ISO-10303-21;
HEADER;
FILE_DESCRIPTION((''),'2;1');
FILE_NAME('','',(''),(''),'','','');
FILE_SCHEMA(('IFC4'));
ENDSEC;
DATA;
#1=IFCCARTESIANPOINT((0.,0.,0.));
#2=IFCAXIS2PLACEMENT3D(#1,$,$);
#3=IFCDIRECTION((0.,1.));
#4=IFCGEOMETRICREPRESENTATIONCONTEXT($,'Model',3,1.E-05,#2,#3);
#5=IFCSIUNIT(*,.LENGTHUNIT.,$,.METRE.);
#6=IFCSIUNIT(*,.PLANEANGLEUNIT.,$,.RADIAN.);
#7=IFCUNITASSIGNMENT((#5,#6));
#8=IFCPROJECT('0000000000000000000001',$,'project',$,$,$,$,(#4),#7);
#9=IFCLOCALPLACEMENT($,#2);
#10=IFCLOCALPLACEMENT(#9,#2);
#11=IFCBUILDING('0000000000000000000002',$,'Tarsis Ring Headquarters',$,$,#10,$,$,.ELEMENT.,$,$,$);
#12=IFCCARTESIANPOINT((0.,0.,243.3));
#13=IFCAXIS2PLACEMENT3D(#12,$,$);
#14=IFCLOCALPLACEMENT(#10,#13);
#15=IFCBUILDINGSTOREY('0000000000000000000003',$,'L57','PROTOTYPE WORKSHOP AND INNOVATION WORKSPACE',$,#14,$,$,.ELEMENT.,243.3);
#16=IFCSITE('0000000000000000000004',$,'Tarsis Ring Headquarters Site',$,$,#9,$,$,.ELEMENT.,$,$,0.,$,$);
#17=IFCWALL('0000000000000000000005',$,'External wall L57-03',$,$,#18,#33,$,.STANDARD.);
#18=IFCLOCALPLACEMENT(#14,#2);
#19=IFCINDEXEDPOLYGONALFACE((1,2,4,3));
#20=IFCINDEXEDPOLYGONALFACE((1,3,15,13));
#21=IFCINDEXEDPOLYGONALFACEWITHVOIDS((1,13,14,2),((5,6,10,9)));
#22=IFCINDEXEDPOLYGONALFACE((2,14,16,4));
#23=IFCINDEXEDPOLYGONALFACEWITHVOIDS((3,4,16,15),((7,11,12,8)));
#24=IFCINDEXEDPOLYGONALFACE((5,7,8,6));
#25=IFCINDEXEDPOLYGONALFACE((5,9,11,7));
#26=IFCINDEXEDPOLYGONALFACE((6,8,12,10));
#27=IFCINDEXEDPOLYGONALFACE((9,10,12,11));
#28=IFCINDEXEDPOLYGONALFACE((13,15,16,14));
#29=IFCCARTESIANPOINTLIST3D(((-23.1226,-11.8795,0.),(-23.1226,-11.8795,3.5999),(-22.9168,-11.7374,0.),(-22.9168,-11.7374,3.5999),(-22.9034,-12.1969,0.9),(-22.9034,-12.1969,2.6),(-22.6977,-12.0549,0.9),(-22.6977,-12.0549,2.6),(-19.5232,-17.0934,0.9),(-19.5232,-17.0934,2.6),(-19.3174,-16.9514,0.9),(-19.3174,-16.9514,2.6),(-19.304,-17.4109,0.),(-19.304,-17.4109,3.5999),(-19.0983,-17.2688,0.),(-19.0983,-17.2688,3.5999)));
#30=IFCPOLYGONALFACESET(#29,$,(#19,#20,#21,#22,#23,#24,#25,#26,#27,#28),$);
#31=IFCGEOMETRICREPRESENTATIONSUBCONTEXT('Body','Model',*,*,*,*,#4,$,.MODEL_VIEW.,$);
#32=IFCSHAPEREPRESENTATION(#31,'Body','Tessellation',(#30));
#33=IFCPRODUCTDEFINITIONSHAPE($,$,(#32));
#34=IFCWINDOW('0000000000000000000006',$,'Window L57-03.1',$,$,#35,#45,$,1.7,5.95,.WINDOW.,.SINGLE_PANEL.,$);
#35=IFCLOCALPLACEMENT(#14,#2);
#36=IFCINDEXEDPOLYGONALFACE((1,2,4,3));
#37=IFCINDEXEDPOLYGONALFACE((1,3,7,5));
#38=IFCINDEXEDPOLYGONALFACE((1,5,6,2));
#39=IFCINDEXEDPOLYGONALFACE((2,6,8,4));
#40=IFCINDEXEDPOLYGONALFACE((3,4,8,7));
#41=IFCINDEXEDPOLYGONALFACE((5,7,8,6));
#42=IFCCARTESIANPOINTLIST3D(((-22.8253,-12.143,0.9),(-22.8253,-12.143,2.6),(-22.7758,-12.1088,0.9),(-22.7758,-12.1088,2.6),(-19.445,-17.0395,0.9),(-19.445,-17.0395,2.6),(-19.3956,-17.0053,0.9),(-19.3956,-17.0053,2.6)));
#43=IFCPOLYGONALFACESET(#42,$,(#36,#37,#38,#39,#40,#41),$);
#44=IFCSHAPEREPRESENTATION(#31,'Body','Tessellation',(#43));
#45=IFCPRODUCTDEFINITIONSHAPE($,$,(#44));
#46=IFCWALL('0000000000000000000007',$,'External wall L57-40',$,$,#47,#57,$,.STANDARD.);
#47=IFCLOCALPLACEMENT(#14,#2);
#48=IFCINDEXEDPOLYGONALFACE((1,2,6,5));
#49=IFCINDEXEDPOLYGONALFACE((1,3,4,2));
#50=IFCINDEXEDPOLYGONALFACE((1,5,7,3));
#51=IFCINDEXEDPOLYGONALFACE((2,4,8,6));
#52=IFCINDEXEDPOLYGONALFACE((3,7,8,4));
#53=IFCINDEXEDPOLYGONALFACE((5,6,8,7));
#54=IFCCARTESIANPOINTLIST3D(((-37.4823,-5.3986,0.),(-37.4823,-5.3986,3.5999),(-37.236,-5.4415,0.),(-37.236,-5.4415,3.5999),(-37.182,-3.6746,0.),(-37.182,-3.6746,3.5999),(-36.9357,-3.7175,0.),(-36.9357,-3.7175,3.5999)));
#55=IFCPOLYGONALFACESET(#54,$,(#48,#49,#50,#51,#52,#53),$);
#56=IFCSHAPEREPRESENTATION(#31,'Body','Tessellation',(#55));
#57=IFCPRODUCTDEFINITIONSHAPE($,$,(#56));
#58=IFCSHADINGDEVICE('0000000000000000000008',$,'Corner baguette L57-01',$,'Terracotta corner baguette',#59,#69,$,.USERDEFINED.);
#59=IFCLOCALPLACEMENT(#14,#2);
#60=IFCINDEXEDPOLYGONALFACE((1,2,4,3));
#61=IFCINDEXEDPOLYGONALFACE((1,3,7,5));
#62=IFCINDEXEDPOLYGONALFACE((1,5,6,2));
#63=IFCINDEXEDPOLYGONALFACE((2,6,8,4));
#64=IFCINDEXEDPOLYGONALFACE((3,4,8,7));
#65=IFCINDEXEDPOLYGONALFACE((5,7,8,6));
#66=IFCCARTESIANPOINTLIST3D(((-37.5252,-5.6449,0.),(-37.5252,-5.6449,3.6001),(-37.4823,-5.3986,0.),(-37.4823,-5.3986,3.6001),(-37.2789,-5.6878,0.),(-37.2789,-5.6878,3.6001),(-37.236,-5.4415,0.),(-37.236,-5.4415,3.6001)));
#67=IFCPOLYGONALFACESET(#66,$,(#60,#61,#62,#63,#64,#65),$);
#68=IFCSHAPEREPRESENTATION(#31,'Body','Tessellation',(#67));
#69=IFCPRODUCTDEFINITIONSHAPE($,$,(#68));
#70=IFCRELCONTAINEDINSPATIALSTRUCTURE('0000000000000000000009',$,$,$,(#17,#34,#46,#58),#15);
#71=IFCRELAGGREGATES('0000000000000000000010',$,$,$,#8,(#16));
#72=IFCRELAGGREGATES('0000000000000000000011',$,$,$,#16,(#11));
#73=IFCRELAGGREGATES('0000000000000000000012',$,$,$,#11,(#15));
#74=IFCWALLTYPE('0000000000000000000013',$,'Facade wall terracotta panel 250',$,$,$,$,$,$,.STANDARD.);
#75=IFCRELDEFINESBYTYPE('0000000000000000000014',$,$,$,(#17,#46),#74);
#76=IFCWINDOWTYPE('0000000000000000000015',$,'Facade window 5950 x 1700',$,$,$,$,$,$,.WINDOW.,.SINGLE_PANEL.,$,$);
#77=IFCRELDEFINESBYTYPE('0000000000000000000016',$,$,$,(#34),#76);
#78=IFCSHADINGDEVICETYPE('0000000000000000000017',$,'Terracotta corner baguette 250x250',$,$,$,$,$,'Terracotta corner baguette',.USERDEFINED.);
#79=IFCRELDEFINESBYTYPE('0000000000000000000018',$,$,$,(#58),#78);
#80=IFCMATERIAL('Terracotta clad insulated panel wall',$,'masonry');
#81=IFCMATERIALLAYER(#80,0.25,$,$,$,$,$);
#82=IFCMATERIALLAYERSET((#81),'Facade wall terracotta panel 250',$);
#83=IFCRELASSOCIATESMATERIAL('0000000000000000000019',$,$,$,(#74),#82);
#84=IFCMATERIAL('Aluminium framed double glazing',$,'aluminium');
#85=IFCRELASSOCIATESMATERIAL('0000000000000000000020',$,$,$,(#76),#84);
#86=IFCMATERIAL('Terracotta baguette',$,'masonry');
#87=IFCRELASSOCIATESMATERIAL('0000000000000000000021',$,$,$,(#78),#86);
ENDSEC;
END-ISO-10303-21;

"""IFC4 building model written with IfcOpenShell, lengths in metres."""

from ifc_helpers import new_model, si_unit, direction, frame, frame_2d, origin, origin_2d, place, context, subcontext, project, spatial, rectangle, extrude, material, layer, layer_set, type_object, element, fill, save


model = new_model("IFC4")

# Units and contexts
model_context = context("Model", 3, precision=1e-05, world=origin(), true_north=direction((0.0, 1.0)))
body_context = subcontext(model_context, "Body", "Model", "MODEL_VIEW")
ifc_project = project(units=[si_unit("LENGTHUNIT", "METRE"), si_unit("PLANEANGLEUNIT", "RADIAN")], contexts=[model_context])

# Site, building, storey
site_placement = place(None, origin())
site = spatial("IfcSite", under=ifc_project, at=site_placement, Name="Tarsis Ring Headquarters Site", CompositionType="ELEMENT", RefElevation=0.0)
building_placement = place(site_placement, origin())
building = spatial("IfcBuilding", under=site, at=building_placement, Name="Tarsis Ring Headquarters", CompositionType="ELEMENT")
storey_placement = place(building_placement, frame((0.0, 0.0, 243.3)))
storey = spatial("IfcBuildingStorey", under=building, at=storey_placement, Name="L57", Description="PROTOTYPE WORKSHOP AND INNOVATION WORKSPACE", CompositionType="ELEMENT", Elevation=243.3)

# Shared definitions
ifc_material_1 = material(Name="Terracotta clad insulated panel wall", Category="masonry")
ifc_layer_1 = layer(ifc_material_1, 0.25)
ifc_layer_set_1 = layer_set([ifc_layer_1], Name="Facade wall terracotta panel 250")
wall_type_1 = type_object("IfcWallType", Name="Facade wall terracotta panel 250", PredefinedType="STANDARD", material=ifc_layer_set_1)
ifc_material_2 = material(Name="Aluminium framed double glazing", Category="aluminium")

# Wall, opening, window
wall_1_placement = place(storey_placement, frame((-23.0198, -11.8083, 0.0), z_axis=(0.0, 0.0, 1.0), x_axis=(0.568114, -0.82295, 0.0)))
wall_1 = element("IfcWall", 1, at=wall_1_placement, inside=storey, type_object=wall_type_1, Name="External wall L57-03", PredefinedType="STANDARD", context=body_context, shape_type="SweptSolid", body=[
    extrude(rectangle(XDim=6.7214, YDim=0.25, at=frame_2d((3.3608, 0.0))), origin(), (0.0, 0.0, 1.0), 3.5999),
])
opening_1_placement = place(wall_1_placement, frame((0.3857, 0.0, 0.8999)))
opening_1 = element("IfcOpeningElement", 2, at=opening_1_placement, cuts=wall_1, PredefinedType="OPENING", context=body_context, shape_type="SweptSolid", body=[
    extrude(rectangle(XDim=5.95, YDim=1.7, at=frame_2d((2.9751, 0.8501))), frame((0.0, 0.135, 0.0), z_axis=(0.0, -1.0, 0.0), x_axis=(1.0, 0.0, 0.0)), (0.0, 0.0, 1.0), 0.27),
])
window_type_1 = type_object("IfcWindowType", Name="Facade window 5950 x 1700", PartitioningType="SINGLE_PANEL", PredefinedType="WINDOW", material=ifc_material_2)
window_1_placement = place(opening_1_placement, origin())
window_1 = element("IfcWindow", 3, at=window_1_placement, inside=storey, type_object=window_type_1, Name="Window L57-03.1", OverallHeight=1.7, OverallWidth=5.95, PartitioningType="SINGLE_PANEL", PredefinedType="WINDOW", context=body_context, shape_type="SweptSolid", body=[
    extrude(rectangle(XDim=5.95, YDim=1.7, at=frame_2d((2.9751, 0.8501))), frame((0.0, 0.03, 0.0), z_axis=(0.0, -1.0, 0.0), x_axis=(1.0, 0.0, 0.0)), (0.0, 0.0, 1.0), 0.0601),
])
fill(opening_1, window_1)

# Wall
wall_2_placement = place(storey_placement, frame((-37.0588, -3.696, 0.0), z_axis=(0.0, 0.0, 1.0), x_axis=(-0.171588, -0.985169, 0.0)))
element("IfcWall", 4, at=wall_2_placement, inside=storey, type_object=wall_type_1, Name="External wall L57-40", PredefinedType="STANDARD", context=body_context, shape_type="SweptSolid", body=[
    extrude(rectangle(XDim=1.75, YDim=0.25, at=frame_2d((0.875, 0.0))), origin(), (0.0, 0.0, 1.0), 3.5999),
])

# Shading device
ifc_material_3 = material(Name="Terracotta baguette", Category="masonry")
shading_device_type = type_object("IfcShadingDeviceType", Name="Terracotta corner baguette 250x250", ElementType="Terracotta corner baguette", PredefinedType="USERDEFINED", material=ifc_material_3)
shading_device_placement = place(storey_placement, frame((-37.3806, -5.5432, 0.0), z_axis=(0.0, 0.0, 1.0), x_axis=(-0.171585, -0.985169, 0.0)))
element("IfcShadingDevice", 5, at=shading_device_placement, inside=storey, type_object=shading_device_type, Name="Corner baguette L57-01", ObjectType="Terracotta corner baguette", PredefinedType="USERDEFINED", context=body_context, shape_type="SweptSolid", body=[
    extrude(rectangle(XDim=0.25, YDim=0.25, at=origin_2d()), origin(), (0.0, 0.0, 1.0), 3.6001),
])

save(model, "model.ifc")
